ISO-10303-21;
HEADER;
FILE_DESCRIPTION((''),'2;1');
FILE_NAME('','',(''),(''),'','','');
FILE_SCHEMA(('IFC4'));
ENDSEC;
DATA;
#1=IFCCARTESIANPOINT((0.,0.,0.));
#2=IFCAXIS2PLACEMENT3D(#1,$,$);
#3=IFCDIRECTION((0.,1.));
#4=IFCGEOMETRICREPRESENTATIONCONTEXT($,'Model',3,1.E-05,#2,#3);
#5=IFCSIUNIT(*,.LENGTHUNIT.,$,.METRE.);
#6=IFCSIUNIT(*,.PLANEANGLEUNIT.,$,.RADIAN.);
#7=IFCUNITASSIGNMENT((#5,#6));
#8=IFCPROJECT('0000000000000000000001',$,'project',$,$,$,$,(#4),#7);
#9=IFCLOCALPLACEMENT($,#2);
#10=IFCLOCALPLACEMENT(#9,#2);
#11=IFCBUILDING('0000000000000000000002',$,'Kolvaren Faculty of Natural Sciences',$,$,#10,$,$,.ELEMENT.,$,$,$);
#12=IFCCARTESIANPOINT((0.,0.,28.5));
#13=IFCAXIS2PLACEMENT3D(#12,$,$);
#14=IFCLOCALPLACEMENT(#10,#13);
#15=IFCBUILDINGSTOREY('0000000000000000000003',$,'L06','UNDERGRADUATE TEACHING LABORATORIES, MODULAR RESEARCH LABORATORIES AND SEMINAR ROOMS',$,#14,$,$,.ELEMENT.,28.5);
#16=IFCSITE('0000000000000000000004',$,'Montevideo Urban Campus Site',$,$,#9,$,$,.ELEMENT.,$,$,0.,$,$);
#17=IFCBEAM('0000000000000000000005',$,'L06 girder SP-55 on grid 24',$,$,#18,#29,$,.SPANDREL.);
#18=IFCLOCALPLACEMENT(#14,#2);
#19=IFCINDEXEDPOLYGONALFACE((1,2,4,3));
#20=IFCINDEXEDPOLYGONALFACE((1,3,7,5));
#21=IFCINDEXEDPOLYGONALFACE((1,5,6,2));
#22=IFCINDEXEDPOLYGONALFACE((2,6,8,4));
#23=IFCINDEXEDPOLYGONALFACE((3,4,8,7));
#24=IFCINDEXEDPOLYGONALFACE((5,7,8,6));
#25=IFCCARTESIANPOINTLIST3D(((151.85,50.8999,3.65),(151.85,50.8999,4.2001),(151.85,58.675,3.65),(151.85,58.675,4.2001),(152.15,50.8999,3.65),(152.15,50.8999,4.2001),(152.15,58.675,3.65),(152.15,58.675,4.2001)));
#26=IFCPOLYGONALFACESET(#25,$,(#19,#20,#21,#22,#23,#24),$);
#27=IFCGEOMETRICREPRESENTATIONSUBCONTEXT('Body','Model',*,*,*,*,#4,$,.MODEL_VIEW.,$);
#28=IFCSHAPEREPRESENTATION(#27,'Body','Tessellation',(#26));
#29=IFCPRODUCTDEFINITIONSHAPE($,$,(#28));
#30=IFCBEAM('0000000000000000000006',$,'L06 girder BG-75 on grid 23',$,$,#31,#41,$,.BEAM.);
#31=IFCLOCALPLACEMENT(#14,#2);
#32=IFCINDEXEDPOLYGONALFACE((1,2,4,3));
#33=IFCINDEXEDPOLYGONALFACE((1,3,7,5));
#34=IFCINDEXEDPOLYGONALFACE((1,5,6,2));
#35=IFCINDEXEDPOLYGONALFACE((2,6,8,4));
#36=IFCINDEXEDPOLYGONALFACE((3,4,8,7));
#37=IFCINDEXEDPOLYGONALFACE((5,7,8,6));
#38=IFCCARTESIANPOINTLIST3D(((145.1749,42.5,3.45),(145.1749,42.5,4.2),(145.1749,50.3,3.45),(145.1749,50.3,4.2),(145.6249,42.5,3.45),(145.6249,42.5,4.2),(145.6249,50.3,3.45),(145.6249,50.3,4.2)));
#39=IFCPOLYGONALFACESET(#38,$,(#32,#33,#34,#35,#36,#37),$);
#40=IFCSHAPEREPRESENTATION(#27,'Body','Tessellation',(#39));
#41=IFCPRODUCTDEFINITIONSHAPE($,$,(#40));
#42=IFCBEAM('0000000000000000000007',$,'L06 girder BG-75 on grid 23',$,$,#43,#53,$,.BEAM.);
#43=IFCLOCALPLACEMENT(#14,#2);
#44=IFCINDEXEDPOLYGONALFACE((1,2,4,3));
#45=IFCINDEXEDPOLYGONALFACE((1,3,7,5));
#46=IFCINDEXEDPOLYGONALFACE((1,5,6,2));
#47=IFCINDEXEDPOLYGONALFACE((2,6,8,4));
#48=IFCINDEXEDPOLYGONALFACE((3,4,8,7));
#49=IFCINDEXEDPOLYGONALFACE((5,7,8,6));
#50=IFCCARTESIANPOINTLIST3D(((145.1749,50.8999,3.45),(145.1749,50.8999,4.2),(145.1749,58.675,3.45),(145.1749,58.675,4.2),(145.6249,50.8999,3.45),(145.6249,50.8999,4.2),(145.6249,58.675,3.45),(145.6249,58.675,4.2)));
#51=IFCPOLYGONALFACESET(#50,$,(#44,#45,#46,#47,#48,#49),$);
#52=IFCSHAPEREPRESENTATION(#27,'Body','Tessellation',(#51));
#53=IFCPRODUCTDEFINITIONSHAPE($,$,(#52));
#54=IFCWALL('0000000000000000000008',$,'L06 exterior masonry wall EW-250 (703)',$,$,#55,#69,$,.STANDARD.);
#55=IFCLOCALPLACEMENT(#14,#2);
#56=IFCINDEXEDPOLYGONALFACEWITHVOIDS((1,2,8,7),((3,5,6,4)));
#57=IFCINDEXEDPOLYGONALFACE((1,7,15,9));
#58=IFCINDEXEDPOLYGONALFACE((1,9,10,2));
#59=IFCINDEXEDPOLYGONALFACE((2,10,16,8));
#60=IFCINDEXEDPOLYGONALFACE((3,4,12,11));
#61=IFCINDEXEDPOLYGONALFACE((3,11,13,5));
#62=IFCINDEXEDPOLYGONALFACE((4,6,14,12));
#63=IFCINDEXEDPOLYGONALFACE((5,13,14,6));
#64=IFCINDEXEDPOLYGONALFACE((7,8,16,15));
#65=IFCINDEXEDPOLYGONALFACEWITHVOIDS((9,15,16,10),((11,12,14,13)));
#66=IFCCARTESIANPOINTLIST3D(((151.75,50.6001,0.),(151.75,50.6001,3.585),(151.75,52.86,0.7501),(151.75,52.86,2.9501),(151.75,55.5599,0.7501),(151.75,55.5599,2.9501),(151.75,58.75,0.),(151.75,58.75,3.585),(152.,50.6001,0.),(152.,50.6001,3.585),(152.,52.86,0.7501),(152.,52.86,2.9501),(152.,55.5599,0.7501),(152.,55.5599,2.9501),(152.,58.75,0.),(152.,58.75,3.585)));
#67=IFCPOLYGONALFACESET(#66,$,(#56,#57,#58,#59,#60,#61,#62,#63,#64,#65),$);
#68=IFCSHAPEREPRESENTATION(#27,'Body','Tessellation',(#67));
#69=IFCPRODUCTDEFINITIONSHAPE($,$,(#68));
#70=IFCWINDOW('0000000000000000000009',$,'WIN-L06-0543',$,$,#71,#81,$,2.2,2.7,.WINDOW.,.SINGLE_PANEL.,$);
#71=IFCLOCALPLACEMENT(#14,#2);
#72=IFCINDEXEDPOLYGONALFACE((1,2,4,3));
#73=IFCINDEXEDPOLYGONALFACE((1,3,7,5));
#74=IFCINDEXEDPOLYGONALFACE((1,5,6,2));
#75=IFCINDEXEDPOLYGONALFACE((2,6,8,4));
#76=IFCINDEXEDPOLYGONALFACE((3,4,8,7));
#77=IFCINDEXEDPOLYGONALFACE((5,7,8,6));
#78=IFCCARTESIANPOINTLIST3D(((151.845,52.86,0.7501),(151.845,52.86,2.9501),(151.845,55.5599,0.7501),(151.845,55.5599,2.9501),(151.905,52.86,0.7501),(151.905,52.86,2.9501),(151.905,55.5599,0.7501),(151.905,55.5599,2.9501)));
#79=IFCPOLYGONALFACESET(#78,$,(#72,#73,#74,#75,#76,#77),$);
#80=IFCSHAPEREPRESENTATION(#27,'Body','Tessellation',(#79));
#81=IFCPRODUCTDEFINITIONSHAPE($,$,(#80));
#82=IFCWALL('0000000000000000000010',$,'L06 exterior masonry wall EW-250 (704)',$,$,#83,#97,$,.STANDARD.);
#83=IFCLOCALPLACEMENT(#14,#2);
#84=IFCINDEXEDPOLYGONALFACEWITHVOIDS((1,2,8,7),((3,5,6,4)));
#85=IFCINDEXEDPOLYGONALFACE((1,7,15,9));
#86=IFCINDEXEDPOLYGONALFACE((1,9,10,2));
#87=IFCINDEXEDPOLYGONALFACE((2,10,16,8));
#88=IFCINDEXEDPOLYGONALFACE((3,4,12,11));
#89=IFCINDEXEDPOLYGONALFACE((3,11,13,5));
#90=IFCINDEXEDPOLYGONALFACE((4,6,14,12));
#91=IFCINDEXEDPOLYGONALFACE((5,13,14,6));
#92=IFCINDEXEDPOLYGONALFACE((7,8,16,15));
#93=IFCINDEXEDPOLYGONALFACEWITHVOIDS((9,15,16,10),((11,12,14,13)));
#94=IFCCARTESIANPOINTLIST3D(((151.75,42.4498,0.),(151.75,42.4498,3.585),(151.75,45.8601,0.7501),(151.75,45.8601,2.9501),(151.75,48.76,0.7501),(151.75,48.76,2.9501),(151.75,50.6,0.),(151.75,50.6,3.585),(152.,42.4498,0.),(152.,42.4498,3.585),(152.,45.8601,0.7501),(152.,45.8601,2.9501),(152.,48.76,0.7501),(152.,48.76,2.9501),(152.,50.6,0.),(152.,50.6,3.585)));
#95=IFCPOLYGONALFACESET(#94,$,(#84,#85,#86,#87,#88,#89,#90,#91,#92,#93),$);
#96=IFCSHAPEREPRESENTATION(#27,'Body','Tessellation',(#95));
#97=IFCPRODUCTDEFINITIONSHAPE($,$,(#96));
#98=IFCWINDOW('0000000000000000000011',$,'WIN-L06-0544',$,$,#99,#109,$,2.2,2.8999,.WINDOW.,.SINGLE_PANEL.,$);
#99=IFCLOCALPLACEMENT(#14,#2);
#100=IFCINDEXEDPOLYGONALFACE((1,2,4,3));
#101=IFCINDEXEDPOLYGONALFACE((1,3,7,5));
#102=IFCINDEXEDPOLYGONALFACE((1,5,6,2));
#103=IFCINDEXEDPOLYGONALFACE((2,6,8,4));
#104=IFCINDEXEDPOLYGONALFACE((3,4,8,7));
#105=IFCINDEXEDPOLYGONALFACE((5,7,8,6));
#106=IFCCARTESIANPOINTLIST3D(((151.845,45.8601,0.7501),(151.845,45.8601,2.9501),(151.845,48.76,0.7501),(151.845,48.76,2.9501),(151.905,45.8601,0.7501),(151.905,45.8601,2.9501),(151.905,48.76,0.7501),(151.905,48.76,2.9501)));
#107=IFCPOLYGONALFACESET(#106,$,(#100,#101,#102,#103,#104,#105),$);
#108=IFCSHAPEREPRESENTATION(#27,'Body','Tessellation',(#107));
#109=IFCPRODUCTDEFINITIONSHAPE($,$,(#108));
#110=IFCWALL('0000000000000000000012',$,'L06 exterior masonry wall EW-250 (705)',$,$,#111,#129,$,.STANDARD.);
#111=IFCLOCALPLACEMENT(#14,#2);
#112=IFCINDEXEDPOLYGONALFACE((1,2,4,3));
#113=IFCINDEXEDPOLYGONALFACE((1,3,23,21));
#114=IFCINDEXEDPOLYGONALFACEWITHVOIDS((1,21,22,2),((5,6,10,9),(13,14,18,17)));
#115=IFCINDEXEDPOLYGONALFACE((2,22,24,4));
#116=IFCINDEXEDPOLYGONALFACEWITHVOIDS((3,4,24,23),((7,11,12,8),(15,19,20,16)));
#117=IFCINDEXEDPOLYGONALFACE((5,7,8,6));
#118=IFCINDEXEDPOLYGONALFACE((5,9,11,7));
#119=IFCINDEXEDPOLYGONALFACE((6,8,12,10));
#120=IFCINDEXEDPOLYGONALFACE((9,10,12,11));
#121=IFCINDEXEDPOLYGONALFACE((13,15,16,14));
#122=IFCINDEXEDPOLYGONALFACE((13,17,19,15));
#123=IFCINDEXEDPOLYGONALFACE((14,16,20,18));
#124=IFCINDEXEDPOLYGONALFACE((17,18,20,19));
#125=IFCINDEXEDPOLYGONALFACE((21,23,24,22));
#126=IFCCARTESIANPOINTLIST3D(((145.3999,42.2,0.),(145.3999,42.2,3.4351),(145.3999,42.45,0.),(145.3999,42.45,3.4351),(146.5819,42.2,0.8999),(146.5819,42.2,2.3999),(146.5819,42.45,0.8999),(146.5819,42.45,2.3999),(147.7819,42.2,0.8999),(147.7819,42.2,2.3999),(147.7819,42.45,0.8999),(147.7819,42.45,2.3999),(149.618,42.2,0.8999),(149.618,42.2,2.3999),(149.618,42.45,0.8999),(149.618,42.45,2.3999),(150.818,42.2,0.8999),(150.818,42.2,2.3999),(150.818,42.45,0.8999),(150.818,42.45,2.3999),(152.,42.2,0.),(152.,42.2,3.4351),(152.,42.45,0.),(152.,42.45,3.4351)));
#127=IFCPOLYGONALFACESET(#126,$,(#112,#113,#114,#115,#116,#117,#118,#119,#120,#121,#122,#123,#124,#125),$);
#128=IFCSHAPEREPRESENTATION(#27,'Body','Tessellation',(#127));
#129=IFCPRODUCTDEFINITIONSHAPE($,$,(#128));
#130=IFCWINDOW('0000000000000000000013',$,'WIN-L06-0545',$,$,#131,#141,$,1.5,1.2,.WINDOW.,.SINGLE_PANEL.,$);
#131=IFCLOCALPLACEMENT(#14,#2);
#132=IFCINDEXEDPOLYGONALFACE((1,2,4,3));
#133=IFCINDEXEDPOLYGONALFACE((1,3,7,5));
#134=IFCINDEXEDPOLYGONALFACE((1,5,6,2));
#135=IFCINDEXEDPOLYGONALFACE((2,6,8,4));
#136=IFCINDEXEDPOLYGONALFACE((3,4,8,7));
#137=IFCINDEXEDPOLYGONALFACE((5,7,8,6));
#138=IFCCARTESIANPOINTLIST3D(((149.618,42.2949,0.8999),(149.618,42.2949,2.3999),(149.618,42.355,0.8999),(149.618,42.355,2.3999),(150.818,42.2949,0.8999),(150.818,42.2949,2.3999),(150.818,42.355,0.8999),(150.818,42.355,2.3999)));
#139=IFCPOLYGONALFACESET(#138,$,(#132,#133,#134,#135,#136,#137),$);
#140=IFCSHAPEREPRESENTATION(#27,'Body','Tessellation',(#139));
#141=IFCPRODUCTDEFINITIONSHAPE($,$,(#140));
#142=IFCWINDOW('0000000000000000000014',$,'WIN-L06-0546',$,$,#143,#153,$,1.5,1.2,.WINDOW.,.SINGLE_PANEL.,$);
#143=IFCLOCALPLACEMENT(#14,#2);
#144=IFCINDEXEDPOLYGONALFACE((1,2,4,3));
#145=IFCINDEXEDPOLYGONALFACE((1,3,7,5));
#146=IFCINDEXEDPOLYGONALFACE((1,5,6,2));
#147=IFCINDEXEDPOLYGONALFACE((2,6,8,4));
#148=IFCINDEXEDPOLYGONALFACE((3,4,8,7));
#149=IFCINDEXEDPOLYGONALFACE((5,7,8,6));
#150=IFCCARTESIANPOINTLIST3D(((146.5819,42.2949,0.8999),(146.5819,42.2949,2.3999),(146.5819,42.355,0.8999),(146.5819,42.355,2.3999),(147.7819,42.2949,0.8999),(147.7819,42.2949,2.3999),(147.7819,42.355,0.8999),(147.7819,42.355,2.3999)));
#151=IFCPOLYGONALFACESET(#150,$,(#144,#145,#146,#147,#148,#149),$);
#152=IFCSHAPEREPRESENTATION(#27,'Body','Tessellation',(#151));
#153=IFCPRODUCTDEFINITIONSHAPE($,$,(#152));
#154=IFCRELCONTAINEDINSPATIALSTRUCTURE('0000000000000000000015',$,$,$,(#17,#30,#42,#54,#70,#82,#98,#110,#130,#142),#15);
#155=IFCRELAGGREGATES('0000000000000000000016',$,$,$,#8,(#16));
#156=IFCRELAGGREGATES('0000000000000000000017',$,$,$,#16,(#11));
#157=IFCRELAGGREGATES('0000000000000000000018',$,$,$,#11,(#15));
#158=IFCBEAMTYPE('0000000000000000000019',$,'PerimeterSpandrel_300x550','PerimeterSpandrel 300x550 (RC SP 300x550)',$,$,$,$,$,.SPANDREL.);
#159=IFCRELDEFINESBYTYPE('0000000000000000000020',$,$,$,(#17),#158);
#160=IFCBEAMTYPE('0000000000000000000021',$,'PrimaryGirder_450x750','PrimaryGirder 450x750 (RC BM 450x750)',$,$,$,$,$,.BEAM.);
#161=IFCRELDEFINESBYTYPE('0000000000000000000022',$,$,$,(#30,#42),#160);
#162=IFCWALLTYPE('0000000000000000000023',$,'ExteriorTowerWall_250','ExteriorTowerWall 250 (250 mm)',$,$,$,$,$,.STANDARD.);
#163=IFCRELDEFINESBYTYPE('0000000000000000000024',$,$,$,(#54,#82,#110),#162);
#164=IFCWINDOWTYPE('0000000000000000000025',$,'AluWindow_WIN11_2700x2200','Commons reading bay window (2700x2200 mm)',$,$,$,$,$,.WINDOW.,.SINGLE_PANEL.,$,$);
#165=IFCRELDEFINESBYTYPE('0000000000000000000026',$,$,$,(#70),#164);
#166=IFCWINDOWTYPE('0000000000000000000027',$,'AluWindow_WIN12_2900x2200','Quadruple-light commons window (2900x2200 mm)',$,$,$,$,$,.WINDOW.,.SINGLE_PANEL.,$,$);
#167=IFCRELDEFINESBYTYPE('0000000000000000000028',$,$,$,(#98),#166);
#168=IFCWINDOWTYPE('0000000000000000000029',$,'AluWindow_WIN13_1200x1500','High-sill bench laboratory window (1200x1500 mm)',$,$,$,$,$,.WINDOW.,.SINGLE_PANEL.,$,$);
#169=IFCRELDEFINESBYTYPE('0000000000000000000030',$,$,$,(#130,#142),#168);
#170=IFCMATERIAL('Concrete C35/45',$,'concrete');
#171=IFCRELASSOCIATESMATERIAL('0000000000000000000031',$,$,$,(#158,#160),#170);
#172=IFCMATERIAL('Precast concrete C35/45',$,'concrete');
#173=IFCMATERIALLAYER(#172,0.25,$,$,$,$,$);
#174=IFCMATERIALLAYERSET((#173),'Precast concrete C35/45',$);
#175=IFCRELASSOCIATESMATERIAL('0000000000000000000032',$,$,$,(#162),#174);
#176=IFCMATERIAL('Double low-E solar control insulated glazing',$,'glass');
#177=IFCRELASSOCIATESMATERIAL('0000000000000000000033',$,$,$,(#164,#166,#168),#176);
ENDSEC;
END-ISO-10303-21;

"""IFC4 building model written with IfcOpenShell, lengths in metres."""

from ifc_helpers import new_model, si_unit, direction, frame, frame_2d, origin, origin_2d, place, context, subcontext, project, spatial, rectangle, extrude, material, layer, layer_set, material_profile, profile_set, type_object, element, fill, save


model = new_model("IFC4")

# Units and contexts
model_context = context("Model", 3, precision=1e-05, world=origin(), true_north=direction((0.0, 1.0)))
body_context = subcontext(model_context, "Body", "Model", "MODEL_VIEW")
ifc_project = project(units=[si_unit("LENGTHUNIT", "METRE"), si_unit("PLANEANGLEUNIT", "RADIAN")], contexts=[model_context])

# Site, building, storey
site_placement = place(None, origin())
site = spatial("IfcSite", under=ifc_project, at=site_placement, Name="Montevideo Urban Campus Site", CompositionType="ELEMENT", RefElevation=0.0)
building_placement = place(site_placement, origin())
building = spatial("IfcBuilding", under=site, at=building_placement, Name="Kolvaren Faculty of Natural Sciences", CompositionType="ELEMENT")
storey_placement = place(building_placement, frame((0.0, 0.0, 28.5)))
storey = spatial("IfcBuildingStorey", under=building, at=storey_placement, Name="L06", Description="UNDERGRADUATE TEACHING LABORATORIES, MODULAR RESEARCH LABORATORIES AND SEMINAR ROOMS", CompositionType="ELEMENT", Elevation=28.5)

# Shared definitions
ifc_material_1 = material(Name="Concrete C35/45", Category="concrete")

# Beams
ifc_material_profile_1 = material_profile(ifc_material_1, rectangle(XDim=0.3, YDim=0.55, at=origin_2d()), Name="RC SP 300x550")
ifc_profile_set_1 = profile_set([ifc_material_profile_1], Name="Concrete C35/45")
beam_type_1 = type_object("IfcBeamType", Name="PerimeterSpandrel_300x550", Description="PerimeterSpandrel 300x550 (RC SP 300x550)", PredefinedType="SPANDREL", material=ifc_profile_set_1)
beam_1_placement = place(storey_placement, frame((152.0, 50.8999, 3.925), z_axis=(0.0, 1.0, 0.0), x_axis=(-1.0, 0.0, 0.0)))
element("IfcBeam", 1, at=beam_1_placement, inside=storey, type_object=beam_type_1, Name="L06 girder SP-55 on grid 24", PredefinedType="SPANDREL", context=body_context, shape_type="SweptSolid", body=[
    extrude(rectangle(XDim=0.3, YDim=0.55, at=origin_2d()), origin(), (0.0, 0.0, 1.0), 7.7751),
])
ifc_material_profile_2 = material_profile(ifc_material_1, rectangle(XDim=0.45, YDim=0.75, at=origin_2d()), Name="RC BM 450x750")
ifc_profile_set_2 = profile_set([ifc_material_profile_2], Name="Concrete C35/45")
beam_type_2 = type_object("IfcBeamType", Name="PrimaryGirder_450x750", Description="PrimaryGirder 450x750 (RC BM 450x750)", PredefinedType="BEAM", material=ifc_profile_set_2)
beam_2_placement = place(storey_placement, frame((145.3999, 42.5, 3.825), z_axis=(0.0, 1.0, 0.0), x_axis=(-1.0, 0.0, 0.0)))
element("IfcBeam", 2, at=beam_2_placement, inside=storey, type_object=beam_type_2, Name="L06 girder BG-75 on grid 23", PredefinedType="BEAM", context=body_context, shape_type="SweptSolid", body=[
    extrude(rectangle(XDim=0.45, YDim=0.75, at=origin_2d()), origin(), (0.0, 0.0, 1.0), 7.8),
])
beam_3_placement = place(storey_placement, frame((145.3999, 50.8999, 3.825), z_axis=(0.0, 1.0, 0.0), x_axis=(-1.0, 0.0, 0.0)))
element("IfcBeam", 3, at=beam_3_placement, inside=storey, type_object=beam_type_2, Name="L06 girder BG-75 on grid 23", PredefinedType="BEAM", context=body_context, shape_type="SweptSolid", body=[
    extrude(rectangle(XDim=0.45, YDim=0.75, at=origin_2d()), origin(), (0.0, 0.0, 1.0), 7.7751),
])

# Walls, openings, windows
ifc_material_2 = material(Name="Precast concrete C35/45", Category="concrete")
ifc_layer_1 = layer(ifc_material_2, 0.25)
ifc_layer_set_1 = layer_set([ifc_layer_1], Name="Precast concrete C35/45")
wall_type_1 = type_object("IfcWallType", Name="ExteriorTowerWall_250", Description="ExteriorTowerWall 250 (250 mm)", PredefinedType="STANDARD", material=ifc_layer_set_1)
wall_1_placement = place(storey_placement, frame((151.875, 58.75, 0.0), z_axis=(0.0, 0.0, 1.0), x_axis=(0.0, -1.0, 0.0)))
wall_1 = element("IfcWall", 4, at=wall_1_placement, inside=storey, type_object=wall_type_1, Name="L06 exterior masonry wall EW-250 (703)", PredefinedType="STANDARD", context=body_context, shape_type="SweptSolid", body=[
    extrude(rectangle(XDim=8.1499, YDim=0.25, at=frame_2d((4.075, 0.0))), origin(), (0.0, 0.0, 1.0), 3.585),
])
opening_1_placement = place(wall_1_placement, frame((3.1899, 0.0, 0.75)))
opening_1 = element("IfcOpeningElement", 5, at=opening_1_placement, cuts=wall_1, PredefinedType="OPENING", context=body_context, shape_type="SweptSolid", body=[
    extrude(rectangle(XDim=2.7, YDim=2.2, at=frame_2d((1.3501, 1.1001))), frame((0.0, 0.135, 0.0), z_axis=(0.0, -1.0, 0.0), x_axis=(1.0, 0.0, 0.0)), (0.0, 0.0, 1.0), 0.27),
])
ifc_material_3 = material(Name="Double low-E solar control insulated glazing", Category="glass")
window_type_1 = type_object("IfcWindowType", Name="AluWindow_WIN11_2700x2200", Description="Commons reading bay window (2700x2200 mm)", PartitioningType="SINGLE_PANEL", PredefinedType="WINDOW", material=ifc_material_3)
window_1_placement = place(opening_1_placement, origin())
window_1 = element("IfcWindow", 6, at=window_1_placement, inside=storey, type_object=window_type_1, Name="WIN-L06-0543", OverallHeight=2.2, OverallWidth=2.7, PartitioningType="SINGLE_PANEL", PredefinedType="WINDOW", context=body_context, shape_type="SweptSolid", body=[
    extrude(rectangle(XDim=2.7, YDim=2.2, at=frame_2d((1.3501, 1.1001))), frame((0.0, 0.03, 0.0), z_axis=(0.0, -1.0, 0.0), x_axis=(1.0, 0.0, 0.0)), (0.0, 0.0, 1.0), 0.0601),
])
fill(opening_1, window_1)
wall_2_placement = place(storey_placement, frame((151.875, 50.6001, 0.0), z_axis=(0.0, 0.0, 1.0), x_axis=(0.0, -1.0, 0.0)))
wall_2 = element("IfcWall", 7, at=wall_2_placement, inside=storey, type_object=wall_type_1, Name="L06 exterior masonry wall EW-250 (704)", PredefinedType="STANDARD", context=body_context, shape_type="SweptSolid", body=[
    extrude(rectangle(XDim=8.1501, YDim=0.25, at=frame_2d((4.0752, 0.0))), origin(), (0.0, 0.0, 1.0), 3.585),
])
opening_2_placement = place(wall_2_placement, frame((1.8401, 0.0, 0.75)))
opening_2 = element("IfcOpeningElement", 8, at=opening_2_placement, cuts=wall_2, PredefinedType="OPENING", context=body_context, shape_type="SweptSolid", body=[
    extrude(rectangle(XDim=2.8999, YDim=2.2, at=frame_2d((1.45, 1.1001))), frame((0.0, 0.135, 0.0), z_axis=(0.0, -1.0, 0.0), x_axis=(1.0, 0.0, 0.0)), (0.0, 0.0, 1.0), 0.27),
])
window_type_2 = type_object("IfcWindowType", Name="AluWindow_WIN12_2900x2200", Description="Quadruple-light commons window (2900x2200 mm)", PartitioningType="SINGLE_PANEL", PredefinedType="WINDOW", material=ifc_material_3)
window_2_placement = place(opening_2_placement, origin())
window_2 = element("IfcWindow", 9, at=window_2_placement, inside=storey, type_object=window_type_2, Name="WIN-L06-0544", OverallHeight=2.2, OverallWidth=2.8999, PartitioningType="SINGLE_PANEL", PredefinedType="WINDOW", context=body_context, shape_type="SweptSolid", body=[
    extrude(rectangle(XDim=2.8999, YDim=2.2, at=frame_2d((1.45, 1.1001))), frame((0.0, 0.03, 0.0), z_axis=(0.0, -1.0, 0.0), x_axis=(1.0, 0.0, 0.0)), (0.0, 0.0, 1.0), 0.0601),
])
fill(opening_2, window_2)

# Wall, openings, windows
wall_3_placement = place(storey_placement, frame((152.0, 42.325, 0.0), z_axis=(0.0, 0.0, 1.0), x_axis=(-1.0, 0.0, 0.0)))
wall_3 = element("IfcWall", 10, at=wall_3_placement, inside=storey, type_object=wall_type_1, Name="L06 exterior masonry wall EW-250 (705)", PredefinedType="STANDARD", context=body_context, shape_type="SweptSolid", body=[
    extrude(rectangle(XDim=6.6001, YDim=0.25, at=frame_2d((3.3, 0.0))), origin(), (0.0, 0.0, 1.0), 3.4351),
])
opening_3_placement = place(wall_3_placement, frame((1.1819, 0.0, 0.8999)))
opening_3 = element("IfcOpeningElement", 11, at=opening_3_placement, cuts=wall_3, PredefinedType="OPENING", context=body_context, shape_type="SweptSolid", body=[
    extrude(rectangle(XDim=1.2, YDim=1.5, at=frame_2d((0.6001, 0.75))), frame((0.0, 0.135, 0.0), z_axis=(0.0, -1.0, 0.0), x_axis=(1.0, 0.0, 0.0)), (0.0, 0.0, 1.0), 0.27),
])
opening_4_placement = place(wall_3_placement, frame((4.218, 0.0, 0.8999)))
opening_4 = element("IfcOpeningElement", 12, at=opening_4_placement, cuts=wall_3, PredefinedType="OPENING", context=body_context, shape_type="SweptSolid", body=[
    extrude(rectangle(XDim=1.2, YDim=1.5, at=frame_2d((0.6001, 0.75))), frame((0.0, 0.135, 0.0), z_axis=(0.0, -1.0, 0.0), x_axis=(1.0, 0.0, 0.0)), (0.0, 0.0, 1.0), 0.27),
])
window_type_3 = type_object("IfcWindowType", Name="AluWindow_WIN13_1200x1500", Description="High-sill bench laboratory window (1200x1500 mm)", PartitioningType="SINGLE_PANEL", PredefinedType="WINDOW", material=ifc_material_3)
window_3_placement = place(opening_3_placement, origin())
window_3 = element("IfcWindow", 13, at=window_3_placement, inside=storey, type_object=window_type_3, Name="WIN-L06-0545", OverallHeight=1.5, OverallWidth=1.2, PartitioningType="SINGLE_PANEL", PredefinedType="WINDOW", context=body_context, shape_type="SweptSolid", body=[
    extrude(rectangle(XDim=1.2, YDim=1.5, at=frame_2d((0.6001, 0.75))), frame((0.0, 0.03, 0.0), z_axis=(0.0, -1.0, 0.0), x_axis=(1.0, 0.0, 0.0)), (0.0, 0.0, 1.0), 0.0601),
])
fill(opening_3, window_3)
window_4_placement = place(opening_4_placement, origin())
window_4 = element("IfcWindow", 14, at=window_4_placement, inside=storey, type_object=window_type_3, Name="WIN-L06-0546", OverallHeight=1.5, OverallWidth=1.2, PartitioningType="SINGLE_PANEL", PredefinedType="WINDOW", context=body_context, shape_type="SweptSolid", body=[
    extrude(rectangle(XDim=1.2, YDim=1.5, at=frame_2d((0.6001, 0.75))), frame((0.0, 0.03, 0.0), z_axis=(0.0, -1.0, 0.0), x_axis=(1.0, 0.0, 0.0)), (0.0, 0.0, 1.0), 0.0601),
])
fill(opening_4, window_4)

save(model, "model.ifc")
